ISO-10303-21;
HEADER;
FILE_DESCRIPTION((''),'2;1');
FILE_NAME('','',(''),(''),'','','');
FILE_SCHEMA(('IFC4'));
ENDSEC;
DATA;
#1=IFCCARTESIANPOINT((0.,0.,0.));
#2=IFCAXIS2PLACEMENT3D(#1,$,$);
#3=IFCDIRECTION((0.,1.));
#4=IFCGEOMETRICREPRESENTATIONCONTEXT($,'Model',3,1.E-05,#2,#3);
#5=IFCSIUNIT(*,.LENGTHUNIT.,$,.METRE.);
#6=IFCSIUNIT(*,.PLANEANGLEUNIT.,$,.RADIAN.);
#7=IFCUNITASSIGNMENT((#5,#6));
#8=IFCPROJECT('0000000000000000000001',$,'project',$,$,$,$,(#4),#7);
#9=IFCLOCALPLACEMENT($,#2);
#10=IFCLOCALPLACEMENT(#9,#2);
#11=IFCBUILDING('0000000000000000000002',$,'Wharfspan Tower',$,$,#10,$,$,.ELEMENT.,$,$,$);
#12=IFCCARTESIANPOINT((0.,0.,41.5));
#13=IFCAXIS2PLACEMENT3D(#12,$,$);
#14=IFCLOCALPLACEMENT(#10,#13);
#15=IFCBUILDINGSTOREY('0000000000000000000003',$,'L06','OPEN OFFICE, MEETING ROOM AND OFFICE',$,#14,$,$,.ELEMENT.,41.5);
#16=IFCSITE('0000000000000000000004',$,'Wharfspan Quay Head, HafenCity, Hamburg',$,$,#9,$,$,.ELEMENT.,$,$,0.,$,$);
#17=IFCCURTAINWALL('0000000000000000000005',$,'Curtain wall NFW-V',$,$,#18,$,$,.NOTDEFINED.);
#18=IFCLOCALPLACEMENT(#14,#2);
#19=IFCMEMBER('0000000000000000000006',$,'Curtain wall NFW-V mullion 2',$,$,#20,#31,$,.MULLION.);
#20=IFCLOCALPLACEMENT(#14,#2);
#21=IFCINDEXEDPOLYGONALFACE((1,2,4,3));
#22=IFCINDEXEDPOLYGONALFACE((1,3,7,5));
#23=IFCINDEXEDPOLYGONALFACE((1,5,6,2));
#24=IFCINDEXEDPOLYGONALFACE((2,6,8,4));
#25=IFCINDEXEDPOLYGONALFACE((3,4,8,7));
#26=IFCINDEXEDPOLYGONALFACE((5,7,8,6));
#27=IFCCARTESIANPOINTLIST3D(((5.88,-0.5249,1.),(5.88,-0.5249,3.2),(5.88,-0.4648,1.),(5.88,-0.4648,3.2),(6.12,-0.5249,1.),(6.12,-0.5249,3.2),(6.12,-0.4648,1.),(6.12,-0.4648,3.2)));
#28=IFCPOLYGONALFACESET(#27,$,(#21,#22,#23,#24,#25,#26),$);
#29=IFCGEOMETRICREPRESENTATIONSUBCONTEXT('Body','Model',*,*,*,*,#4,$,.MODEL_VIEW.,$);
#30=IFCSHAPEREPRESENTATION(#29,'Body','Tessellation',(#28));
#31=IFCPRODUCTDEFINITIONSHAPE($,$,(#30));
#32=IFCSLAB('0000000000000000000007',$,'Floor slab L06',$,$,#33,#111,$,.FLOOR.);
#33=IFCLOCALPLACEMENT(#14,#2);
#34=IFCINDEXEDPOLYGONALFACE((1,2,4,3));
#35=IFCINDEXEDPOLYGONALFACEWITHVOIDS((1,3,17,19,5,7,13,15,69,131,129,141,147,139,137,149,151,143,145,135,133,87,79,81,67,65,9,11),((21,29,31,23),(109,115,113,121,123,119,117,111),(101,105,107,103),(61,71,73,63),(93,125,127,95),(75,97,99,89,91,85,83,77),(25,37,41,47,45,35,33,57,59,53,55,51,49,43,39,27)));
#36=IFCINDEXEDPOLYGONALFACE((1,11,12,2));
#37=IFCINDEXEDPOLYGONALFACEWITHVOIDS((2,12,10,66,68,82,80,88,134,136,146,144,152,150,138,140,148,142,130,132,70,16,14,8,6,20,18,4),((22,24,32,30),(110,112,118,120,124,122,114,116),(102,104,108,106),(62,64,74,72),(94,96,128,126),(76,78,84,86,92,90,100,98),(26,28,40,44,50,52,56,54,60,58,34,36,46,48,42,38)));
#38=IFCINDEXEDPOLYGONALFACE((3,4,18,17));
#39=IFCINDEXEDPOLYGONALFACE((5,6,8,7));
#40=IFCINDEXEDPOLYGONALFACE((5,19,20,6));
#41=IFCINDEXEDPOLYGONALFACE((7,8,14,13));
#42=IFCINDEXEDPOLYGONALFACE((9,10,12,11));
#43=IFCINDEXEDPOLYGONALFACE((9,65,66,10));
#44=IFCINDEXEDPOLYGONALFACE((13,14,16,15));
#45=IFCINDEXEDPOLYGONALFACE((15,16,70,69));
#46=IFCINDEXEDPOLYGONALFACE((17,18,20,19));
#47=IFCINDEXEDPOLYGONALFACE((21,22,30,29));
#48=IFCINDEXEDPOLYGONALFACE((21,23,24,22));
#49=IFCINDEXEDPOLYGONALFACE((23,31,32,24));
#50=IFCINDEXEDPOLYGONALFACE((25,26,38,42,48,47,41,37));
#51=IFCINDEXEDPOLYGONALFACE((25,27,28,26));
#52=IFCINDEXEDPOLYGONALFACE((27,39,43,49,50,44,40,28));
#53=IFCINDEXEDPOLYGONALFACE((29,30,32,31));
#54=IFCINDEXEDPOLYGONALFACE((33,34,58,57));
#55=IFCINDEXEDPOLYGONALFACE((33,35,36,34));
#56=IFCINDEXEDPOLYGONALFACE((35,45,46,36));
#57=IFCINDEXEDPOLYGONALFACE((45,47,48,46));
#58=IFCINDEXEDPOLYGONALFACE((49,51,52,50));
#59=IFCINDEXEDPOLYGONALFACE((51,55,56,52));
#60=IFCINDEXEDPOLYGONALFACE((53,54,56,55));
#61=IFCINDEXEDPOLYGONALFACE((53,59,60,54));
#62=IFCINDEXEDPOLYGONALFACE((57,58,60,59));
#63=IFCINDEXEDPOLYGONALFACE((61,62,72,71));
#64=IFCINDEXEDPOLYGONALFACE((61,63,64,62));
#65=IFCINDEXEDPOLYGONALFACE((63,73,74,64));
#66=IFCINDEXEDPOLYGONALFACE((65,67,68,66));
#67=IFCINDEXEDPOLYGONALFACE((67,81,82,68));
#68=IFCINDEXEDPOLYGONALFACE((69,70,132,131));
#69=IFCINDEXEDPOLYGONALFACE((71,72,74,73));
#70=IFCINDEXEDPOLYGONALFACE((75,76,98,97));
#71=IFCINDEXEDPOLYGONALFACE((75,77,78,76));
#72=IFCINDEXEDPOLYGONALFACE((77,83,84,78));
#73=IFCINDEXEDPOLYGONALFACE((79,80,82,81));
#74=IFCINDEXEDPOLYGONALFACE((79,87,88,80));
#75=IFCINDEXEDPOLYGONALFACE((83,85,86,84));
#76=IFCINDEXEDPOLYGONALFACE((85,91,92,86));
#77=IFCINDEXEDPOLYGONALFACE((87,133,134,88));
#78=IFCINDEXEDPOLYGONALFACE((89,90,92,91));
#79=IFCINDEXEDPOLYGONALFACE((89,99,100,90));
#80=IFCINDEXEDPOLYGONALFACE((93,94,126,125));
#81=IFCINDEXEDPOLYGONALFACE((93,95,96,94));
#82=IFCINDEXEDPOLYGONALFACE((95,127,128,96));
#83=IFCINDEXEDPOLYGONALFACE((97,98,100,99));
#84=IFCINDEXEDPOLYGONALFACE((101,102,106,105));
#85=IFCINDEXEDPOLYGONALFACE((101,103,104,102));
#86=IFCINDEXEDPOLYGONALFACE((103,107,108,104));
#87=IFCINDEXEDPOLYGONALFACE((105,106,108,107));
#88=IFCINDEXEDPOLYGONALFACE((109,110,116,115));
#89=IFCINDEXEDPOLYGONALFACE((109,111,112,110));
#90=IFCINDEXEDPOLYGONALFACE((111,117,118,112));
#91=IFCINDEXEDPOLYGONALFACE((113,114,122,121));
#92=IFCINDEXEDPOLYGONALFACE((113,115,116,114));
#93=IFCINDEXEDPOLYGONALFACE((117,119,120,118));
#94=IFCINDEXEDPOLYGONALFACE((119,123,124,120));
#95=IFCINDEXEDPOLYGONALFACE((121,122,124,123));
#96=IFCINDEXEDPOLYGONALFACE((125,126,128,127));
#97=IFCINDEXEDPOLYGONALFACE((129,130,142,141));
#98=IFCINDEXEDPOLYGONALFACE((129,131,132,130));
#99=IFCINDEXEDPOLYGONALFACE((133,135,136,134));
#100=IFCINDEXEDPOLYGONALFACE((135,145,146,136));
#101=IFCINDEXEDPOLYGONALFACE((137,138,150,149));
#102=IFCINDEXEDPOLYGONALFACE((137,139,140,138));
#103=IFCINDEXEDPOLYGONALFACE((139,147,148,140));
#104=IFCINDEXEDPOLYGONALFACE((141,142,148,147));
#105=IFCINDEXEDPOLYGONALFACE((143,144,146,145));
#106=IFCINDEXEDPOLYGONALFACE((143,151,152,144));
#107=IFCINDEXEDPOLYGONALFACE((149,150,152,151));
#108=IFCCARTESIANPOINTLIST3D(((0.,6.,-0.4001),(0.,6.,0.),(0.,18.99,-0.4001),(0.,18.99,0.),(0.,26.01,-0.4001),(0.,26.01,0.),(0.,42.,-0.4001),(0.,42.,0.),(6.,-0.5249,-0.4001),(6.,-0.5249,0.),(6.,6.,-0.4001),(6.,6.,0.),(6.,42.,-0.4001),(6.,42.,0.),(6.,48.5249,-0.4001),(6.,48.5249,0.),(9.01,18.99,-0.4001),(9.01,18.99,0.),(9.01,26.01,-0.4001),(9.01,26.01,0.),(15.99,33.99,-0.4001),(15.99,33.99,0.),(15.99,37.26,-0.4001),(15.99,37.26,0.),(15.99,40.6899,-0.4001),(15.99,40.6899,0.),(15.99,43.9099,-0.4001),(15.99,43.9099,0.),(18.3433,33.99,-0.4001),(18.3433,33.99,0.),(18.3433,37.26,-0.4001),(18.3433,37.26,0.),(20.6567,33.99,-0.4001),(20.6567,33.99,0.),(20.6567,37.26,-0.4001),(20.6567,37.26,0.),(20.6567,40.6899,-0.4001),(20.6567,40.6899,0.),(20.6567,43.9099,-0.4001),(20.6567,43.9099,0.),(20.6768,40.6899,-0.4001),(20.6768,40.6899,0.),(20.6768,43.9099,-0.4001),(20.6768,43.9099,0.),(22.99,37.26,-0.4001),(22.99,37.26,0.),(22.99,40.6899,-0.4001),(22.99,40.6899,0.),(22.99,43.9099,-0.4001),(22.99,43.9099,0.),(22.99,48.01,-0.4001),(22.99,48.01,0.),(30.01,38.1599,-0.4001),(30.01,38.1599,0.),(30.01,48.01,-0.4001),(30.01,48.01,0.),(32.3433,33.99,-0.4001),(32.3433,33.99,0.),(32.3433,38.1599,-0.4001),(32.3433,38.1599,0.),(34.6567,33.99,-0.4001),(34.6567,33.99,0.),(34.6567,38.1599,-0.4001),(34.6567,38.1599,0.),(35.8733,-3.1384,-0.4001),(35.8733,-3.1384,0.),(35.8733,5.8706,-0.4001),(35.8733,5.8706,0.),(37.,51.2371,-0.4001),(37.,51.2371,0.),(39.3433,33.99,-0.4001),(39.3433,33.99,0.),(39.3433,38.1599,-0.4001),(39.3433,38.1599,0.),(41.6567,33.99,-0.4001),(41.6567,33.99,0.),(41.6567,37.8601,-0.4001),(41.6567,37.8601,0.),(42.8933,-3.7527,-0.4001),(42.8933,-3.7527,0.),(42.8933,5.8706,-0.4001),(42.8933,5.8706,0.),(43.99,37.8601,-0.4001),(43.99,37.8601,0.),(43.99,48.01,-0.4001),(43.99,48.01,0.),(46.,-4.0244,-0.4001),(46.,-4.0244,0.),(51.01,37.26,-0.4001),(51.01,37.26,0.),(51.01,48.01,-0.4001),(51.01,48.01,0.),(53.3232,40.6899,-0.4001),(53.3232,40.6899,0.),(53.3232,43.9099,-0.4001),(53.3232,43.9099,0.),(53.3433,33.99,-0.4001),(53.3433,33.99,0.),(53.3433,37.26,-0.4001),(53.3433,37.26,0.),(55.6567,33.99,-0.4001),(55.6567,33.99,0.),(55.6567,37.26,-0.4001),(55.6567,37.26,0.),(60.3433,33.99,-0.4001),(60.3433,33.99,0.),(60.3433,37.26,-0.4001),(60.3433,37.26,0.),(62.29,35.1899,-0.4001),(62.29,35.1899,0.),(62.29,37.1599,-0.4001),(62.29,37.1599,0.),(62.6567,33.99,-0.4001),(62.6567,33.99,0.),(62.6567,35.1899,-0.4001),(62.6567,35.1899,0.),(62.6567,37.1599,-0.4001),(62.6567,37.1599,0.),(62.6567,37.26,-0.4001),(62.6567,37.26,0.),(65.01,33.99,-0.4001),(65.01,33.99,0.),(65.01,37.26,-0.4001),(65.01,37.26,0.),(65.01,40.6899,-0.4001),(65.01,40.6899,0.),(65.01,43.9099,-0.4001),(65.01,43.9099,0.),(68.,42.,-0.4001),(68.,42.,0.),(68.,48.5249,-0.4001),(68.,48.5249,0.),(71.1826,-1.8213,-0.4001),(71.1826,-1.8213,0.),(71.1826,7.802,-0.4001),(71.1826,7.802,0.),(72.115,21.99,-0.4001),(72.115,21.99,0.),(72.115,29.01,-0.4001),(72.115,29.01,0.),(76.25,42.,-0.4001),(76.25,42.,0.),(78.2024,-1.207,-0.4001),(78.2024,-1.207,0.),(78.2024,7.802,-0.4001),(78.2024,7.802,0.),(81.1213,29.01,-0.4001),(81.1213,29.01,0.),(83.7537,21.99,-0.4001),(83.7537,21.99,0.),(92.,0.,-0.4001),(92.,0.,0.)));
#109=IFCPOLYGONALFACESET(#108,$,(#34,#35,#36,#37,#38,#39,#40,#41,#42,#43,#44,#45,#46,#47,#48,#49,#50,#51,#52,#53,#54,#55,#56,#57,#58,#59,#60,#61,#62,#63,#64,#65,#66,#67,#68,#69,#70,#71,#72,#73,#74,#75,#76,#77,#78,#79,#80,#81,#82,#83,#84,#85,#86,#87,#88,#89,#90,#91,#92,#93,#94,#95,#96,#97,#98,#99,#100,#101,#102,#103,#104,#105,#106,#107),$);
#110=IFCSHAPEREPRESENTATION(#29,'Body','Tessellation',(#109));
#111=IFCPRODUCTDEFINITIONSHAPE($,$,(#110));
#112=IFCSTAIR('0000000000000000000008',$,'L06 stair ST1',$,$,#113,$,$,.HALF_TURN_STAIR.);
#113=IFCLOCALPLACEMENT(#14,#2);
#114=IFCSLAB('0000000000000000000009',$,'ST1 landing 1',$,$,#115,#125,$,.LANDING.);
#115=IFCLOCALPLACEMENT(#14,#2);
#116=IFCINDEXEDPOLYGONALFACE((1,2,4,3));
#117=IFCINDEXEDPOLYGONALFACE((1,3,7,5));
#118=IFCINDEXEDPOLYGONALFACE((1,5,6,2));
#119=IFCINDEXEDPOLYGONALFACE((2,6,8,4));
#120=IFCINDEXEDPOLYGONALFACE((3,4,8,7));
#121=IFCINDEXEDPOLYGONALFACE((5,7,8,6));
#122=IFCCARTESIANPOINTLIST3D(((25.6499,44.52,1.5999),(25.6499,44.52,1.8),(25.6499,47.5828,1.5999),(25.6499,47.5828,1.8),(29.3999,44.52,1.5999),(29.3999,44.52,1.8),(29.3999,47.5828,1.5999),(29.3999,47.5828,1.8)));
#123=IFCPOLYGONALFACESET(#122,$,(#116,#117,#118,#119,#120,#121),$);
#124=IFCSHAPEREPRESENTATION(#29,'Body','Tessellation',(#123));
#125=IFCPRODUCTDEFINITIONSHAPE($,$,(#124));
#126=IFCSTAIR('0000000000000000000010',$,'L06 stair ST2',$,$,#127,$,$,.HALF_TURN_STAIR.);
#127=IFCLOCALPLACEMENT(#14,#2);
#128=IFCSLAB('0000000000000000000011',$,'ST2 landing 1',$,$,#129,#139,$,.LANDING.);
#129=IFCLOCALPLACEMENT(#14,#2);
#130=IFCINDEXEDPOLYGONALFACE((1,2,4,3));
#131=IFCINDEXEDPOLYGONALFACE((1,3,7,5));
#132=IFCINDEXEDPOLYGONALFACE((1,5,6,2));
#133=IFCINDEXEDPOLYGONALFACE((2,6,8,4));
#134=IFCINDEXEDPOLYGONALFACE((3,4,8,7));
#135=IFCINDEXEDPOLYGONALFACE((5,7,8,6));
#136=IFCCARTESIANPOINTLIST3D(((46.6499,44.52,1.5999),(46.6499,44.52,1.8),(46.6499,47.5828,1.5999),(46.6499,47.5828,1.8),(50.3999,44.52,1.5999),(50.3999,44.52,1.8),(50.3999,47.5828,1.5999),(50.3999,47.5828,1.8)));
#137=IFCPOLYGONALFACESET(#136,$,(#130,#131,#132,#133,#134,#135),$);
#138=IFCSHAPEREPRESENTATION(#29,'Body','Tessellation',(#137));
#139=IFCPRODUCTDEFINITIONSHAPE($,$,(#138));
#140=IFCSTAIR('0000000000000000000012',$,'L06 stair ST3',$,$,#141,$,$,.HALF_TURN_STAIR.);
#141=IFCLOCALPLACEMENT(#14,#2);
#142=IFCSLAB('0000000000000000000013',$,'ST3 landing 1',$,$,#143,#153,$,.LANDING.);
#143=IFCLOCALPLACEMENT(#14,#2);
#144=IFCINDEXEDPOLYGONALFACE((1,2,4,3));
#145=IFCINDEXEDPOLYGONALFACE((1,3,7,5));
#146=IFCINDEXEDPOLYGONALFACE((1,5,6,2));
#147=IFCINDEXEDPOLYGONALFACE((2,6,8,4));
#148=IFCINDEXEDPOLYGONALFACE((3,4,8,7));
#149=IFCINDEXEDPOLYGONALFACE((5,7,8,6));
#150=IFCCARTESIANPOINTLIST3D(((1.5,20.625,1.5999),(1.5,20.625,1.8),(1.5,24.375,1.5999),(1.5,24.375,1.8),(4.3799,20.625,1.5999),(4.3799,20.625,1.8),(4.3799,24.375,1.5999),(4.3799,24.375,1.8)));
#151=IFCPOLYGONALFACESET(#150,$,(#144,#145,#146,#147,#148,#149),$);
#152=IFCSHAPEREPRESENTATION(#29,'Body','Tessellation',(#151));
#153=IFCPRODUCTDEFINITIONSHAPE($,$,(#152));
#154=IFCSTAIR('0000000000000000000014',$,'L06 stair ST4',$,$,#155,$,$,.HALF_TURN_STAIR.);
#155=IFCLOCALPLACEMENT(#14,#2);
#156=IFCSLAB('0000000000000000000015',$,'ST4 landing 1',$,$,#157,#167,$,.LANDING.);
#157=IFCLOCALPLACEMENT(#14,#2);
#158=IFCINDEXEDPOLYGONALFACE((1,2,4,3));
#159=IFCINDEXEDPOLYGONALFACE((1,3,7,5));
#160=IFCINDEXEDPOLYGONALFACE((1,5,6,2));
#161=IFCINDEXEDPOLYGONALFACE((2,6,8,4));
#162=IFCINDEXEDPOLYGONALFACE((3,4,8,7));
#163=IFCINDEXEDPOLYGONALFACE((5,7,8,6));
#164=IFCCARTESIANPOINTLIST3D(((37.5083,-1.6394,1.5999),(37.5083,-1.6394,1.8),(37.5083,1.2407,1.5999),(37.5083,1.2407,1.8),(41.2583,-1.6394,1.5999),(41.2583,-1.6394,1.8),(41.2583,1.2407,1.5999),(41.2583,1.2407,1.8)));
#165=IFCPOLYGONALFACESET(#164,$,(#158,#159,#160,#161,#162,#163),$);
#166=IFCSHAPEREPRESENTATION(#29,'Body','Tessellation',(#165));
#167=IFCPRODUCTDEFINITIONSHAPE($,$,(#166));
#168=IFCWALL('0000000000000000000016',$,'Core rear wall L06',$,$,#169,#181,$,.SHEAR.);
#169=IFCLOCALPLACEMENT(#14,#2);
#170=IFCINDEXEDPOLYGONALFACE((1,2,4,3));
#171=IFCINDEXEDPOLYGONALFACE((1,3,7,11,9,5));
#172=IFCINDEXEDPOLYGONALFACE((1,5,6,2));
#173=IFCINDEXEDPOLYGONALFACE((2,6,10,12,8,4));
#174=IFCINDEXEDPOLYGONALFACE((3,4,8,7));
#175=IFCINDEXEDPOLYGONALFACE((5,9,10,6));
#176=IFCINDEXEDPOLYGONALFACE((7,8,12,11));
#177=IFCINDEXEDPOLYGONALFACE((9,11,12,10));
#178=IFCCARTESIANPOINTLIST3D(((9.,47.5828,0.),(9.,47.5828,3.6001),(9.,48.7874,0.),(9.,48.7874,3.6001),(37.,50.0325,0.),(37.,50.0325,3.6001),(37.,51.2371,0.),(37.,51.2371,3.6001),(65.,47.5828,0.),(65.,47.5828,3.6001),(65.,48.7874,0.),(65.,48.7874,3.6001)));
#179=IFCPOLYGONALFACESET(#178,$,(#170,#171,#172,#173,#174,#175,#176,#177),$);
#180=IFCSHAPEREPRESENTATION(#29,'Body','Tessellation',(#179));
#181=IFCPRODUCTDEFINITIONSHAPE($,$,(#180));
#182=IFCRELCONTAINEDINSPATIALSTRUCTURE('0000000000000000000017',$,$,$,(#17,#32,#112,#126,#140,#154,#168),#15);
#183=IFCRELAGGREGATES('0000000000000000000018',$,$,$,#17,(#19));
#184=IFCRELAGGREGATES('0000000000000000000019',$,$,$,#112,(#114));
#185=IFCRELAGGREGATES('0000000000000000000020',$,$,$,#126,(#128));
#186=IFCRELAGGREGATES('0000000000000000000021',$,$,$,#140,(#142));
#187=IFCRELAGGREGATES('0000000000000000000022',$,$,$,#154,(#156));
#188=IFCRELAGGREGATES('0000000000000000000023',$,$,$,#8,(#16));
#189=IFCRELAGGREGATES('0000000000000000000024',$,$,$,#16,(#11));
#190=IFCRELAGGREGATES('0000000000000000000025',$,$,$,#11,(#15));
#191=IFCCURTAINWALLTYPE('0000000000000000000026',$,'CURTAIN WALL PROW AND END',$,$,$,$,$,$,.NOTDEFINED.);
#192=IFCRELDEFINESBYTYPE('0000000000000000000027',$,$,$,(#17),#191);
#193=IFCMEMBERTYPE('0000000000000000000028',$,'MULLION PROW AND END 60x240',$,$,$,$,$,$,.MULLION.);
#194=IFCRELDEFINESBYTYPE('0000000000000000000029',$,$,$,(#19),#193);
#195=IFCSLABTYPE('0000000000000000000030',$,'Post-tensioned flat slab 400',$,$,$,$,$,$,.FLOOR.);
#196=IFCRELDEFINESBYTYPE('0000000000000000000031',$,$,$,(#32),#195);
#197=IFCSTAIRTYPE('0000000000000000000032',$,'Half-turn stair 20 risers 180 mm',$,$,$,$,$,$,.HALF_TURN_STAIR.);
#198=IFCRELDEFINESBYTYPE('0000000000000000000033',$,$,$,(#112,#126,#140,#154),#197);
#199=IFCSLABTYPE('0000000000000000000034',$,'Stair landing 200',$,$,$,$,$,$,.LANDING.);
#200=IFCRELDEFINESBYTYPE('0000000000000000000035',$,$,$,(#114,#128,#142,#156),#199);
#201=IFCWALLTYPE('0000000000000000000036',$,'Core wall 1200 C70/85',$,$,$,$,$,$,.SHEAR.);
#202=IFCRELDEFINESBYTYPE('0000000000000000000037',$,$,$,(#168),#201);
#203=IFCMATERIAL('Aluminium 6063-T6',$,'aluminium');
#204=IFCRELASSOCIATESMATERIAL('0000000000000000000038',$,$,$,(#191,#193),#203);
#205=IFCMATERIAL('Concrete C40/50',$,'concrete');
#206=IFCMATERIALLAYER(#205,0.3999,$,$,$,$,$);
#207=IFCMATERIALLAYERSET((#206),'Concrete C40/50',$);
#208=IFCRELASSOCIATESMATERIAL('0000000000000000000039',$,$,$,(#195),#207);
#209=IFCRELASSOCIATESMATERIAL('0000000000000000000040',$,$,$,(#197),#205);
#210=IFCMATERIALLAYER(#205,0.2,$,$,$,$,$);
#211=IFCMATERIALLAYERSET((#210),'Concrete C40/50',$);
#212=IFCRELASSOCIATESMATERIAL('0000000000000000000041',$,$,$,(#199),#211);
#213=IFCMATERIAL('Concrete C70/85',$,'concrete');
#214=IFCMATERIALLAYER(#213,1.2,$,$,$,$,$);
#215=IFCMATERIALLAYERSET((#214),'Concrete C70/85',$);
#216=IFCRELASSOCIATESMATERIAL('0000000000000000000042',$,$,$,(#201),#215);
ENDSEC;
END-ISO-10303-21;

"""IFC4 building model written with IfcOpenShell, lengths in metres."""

from ifc_helpers import new_model, si_unit, direction, frame, origin, origin_2d, place, context, subcontext, project, spatial, polyline, rectangle, outline, extrude, material, layer, layer_set, material_profile, profile_set, type_object, element, aggregate, save


model = new_model("IFC4")

# Units and contexts
model_context = context("Model", 3, precision=1e-05, world=origin(), true_north=direction((0.0, 1.0)))
body_context = subcontext(model_context, "Body", "Model", "MODEL_VIEW")
ifc_project = project(units=[si_unit("LENGTHUNIT", "METRE"), si_unit("PLANEANGLEUNIT", "RADIAN")], contexts=[model_context])

# Site, building, storey
site_placement = place(None, origin())
site = spatial("IfcSite", under=ifc_project, at=site_placement, Name="Wharfspan Quay Head, HafenCity, Hamburg", CompositionType="ELEMENT", RefElevation=0.0)
building_placement = place(site_placement, origin())
building = spatial("IfcBuilding", under=site, at=building_placement, Name="Wharfspan Tower", CompositionType="ELEMENT")
storey_placement = place(building_placement, frame((0.0, 0.0, 41.5)))
storey = spatial("IfcBuildingStorey", under=building, at=storey_placement, Name="L06", Description="OPEN OFFICE, MEETING ROOM AND OFFICE", CompositionType="ELEMENT", Elevation=41.5)

# Curtain wall, member
ifc_material_1 = material(Name="Aluminium 6063-T6", Category="aluminium")
curtain_wall_type = type_object("IfcCurtainWallType", Name="CURTAIN WALL PROW AND END", PredefinedType="NOTDEFINED", material=ifc_material_1)
curtain_wall_placement = place(storey_placement, origin())
curtain_wall = element("IfcCurtainWall", 1, at=curtain_wall_placement, inside=storey, type_object=curtain_wall_type, Name="Curtain wall NFW-V", PredefinedType="NOTDEFINED")
ifc_material_profile = material_profile(ifc_material_1, rectangle(XDim=0.24, YDim=0.0601, at=origin_2d()))
ifc_profile_set = profile_set([ifc_material_profile], Name="Aluminium 6063-T6")
member_type = type_object("IfcMemberType", Name="MULLION PROW AND END 60x240", PredefinedType="MULLION", material=ifc_profile_set)
member_placement = place(storey_placement, frame((6.0, -0.4949, 1.0), z_axis=(0.0, 0.0, 1.0), x_axis=(1.0, 0.0, 0.0)))
member = element("IfcMember", 2, at=member_placement, type_object=member_type, Name="Curtain wall NFW-V mullion 2", PredefinedType="MULLION", context=body_context, shape_type="SweptSolid", body=[
    extrude(rectangle(XDim=0.24, YDim=0.0601, at=origin_2d()), origin(), (0.0, 0.0, 1.0), 2.2),
])
aggregate(curtain_wall, [member])

# Slab
ifc_material_2 = material(Name="Concrete C40/50", Category="concrete")
ifc_layer_1 = layer(ifc_material_2, 0.3999)
ifc_layer_set_1 = layer_set([ifc_layer_1], Name="Concrete C40/50")
slab_type_1 = type_object("IfcSlabType", Name="Post-tensioned flat slab 400", PredefinedType="FLOOR", material=ifc_layer_set_1)
slab_1_placement = place(storey_placement, frame((0.0, 0.0, -0.4001)))
element("IfcSlab", 3, at=slab_1_placement, inside=storey, type_object=slab_type_1, Name="Floor slab L06", PredefinedType="FLOOR", context=body_context, shape_type="SweptSolid", body=[
    extrude(outline(polyline([(35.8733, -3.1384), (35.8733, 5.8706), (42.8933, 5.8706), (42.8933, -3.7527), (46.0, -4.0244), (71.1826, -1.8213), (71.1826, 7.802), (78.2024, 7.802), (78.2024, -1.207), (92.0, 0.0), (83.7537, 21.99), (72.115, 21.99), (72.115, 29.01), (81.1213, 29.01), (76.25, 42.0), (68.0, 42.0), (68.0, 48.5249), (37.0, 51.2371), (6.0, 48.5249), (6.0, 42.0), (0.0, 42.0), (0.0, 26.01), (9.01, 26.01), (9.01, 18.99), (0.0, 18.99), (0.0, 6.0), (6.0, 6.0), (6.0, -0.5249), (35.8733, -3.1384)]), holes=[polyline([(62.29, 37.1599), (62.6567, 37.1599), (62.6567, 37.26), (65.01, 37.26), (65.01, 33.99), (62.6567, 33.99), (62.6567, 35.1899), (62.29, 35.1899), (62.29, 37.1599)]), polyline([(65.01, 43.9099), (65.01, 40.6899), (53.3232, 40.6899), (53.3232, 43.9099), (65.01, 43.9099)]), polyline([(55.6567, 33.99), (55.6567, 37.26), (60.3433, 37.26), (60.3433, 33.99), (55.6567, 33.99)]), polyline([(43.99, 37.8601), (43.99, 48.01), (51.01, 48.01), (51.01, 37.26), (53.3433, 37.26), (53.3433, 33.99), (41.6567, 33.99), (41.6567, 37.8601), (43.99, 37.8601)]), polyline([(34.6567, 33.99), (34.6567, 38.1599), (39.3433, 38.1599), (39.3433, 33.99), (34.6567, 33.99)]), polyline([(15.99, 40.6899), (15.99, 43.9099), (20.6567, 43.9099), (20.6768, 43.9099), (22.99, 43.9099), (22.99, 48.01), (30.01, 48.01), (30.01, 38.1599), (32.3433, 38.1599), (32.3433, 33.99), (20.6567, 33.99), (20.6567, 37.26), (22.99, 37.26), (22.99, 40.6899), (20.6768, 40.6899), (20.6567, 40.6899), (15.99, 40.6899)]), polyline([(18.3433, 37.26), (18.3433, 33.99), (15.99, 33.99), (15.99, 37.26), (18.3433, 37.26)])]), origin(), (0.0, 0.0, 1.0), 0.4001),
])

# Stairs, slabs
stair_type = type_object("IfcStairType", Name="Half-turn stair 20 risers 180 mm", PredefinedType="HALF_TURN_STAIR", material=ifc_material_2)
stair_1_placement = place(storey_placement, origin())
stair_1 = element("IfcStair", 4, at=stair_1_placement, inside=storey, type_object=stair_type, Name="L06 stair ST1", PredefinedType="HALF_TURN_STAIR")
ifc_layer_2 = layer(ifc_material_2, 0.2)
ifc_layer_set_2 = layer_set([ifc_layer_2], Name="Concrete C40/50")
slab_type_2 = type_object("IfcSlabType", Name="Stair landing 200", PredefinedType="LANDING", material=ifc_layer_set_2)
slab_2_placement = place(storey_placement, frame((0.0, 0.0, 1.5999)))
slab_2 = element("IfcSlab", 5, at=slab_2_placement, type_object=slab_type_2, Name="ST1 landing 1", PredefinedType="LANDING", context=body_context, shape_type="SweptSolid", body=[
    extrude(outline(polyline([(25.6499, 44.52), (29.3999, 44.52), (29.3999, 47.5828), (25.6499, 47.5828), (25.6499, 44.52)])), origin(), (0.0, 0.0, 1.0), 0.2002),
])
aggregate(stair_1, [slab_2])
stair_2_placement = place(storey_placement, origin())
stair_2 = element("IfcStair", 6, at=stair_2_placement, inside=storey, type_object=stair_type, Name="L06 stair ST2", PredefinedType="HALF_TURN_STAIR")
slab_3_placement = place(storey_placement, frame((0.0, 0.0, 1.5999)))
slab_3 = element("IfcSlab", 7, at=slab_3_placement, type_object=slab_type_2, Name="ST2 landing 1", PredefinedType="LANDING", context=body_context, shape_type="SweptSolid", body=[
    extrude(outline(polyline([(46.6499, 44.52), (50.3999, 44.52), (50.3999, 47.5828), (46.6499, 47.5828), (46.6499, 44.52)])), origin(), (0.0, 0.0, 1.0), 0.2002),
])
aggregate(stair_2, [slab_3])
stair_3_placement = place(storey_placement, origin())
stair_3 = element("IfcStair", 8, at=stair_3_placement, inside=storey, type_object=stair_type, Name="L06 stair ST3", PredefinedType="HALF_TURN_STAIR")
slab_4_placement = place(storey_placement, frame((0.0, 0.0, 1.5999)))
slab_4 = element("IfcSlab", 9, at=slab_4_placement, type_object=slab_type_2, Name="ST3 landing 1", PredefinedType="LANDING", context=body_context, shape_type="SweptSolid", body=[
    extrude(outline(polyline([(4.3799, 24.375), (1.5, 24.375), (1.5, 20.625), (4.3799, 20.625), (4.3799, 24.375)])), origin(), (0.0, 0.0, 1.0), 0.2002),
])
aggregate(stair_3, [slab_4])
stair_4_placement = place(storey_placement, origin())
stair_4 = element("IfcStair", 10, at=stair_4_placement, inside=storey, type_object=stair_type, Name="L06 stair ST4", PredefinedType="HALF_TURN_STAIR")
slab_5_placement = place(storey_placement, frame((0.0, 0.0, 1.5999)))
slab_5 = element("IfcSlab", 11, at=slab_5_placement, type_object=slab_type_2, Name="ST4 landing 1", PredefinedType="LANDING", context=body_context, shape_type="SweptSolid", body=[
    extrude(outline(polyline([(37.5083, 1.2407), (37.5083, -1.6394), (41.2583, -1.6394), (41.2583, 1.2407), (37.5083, 1.2407)])), origin(), (0.0, 0.0, 1.0), 0.2002),
])
aggregate(stair_4, [slab_5])

# Wall
ifc_material_3 = material(Name="Concrete C70/85", Category="concrete")
ifc_layer_3 = layer(ifc_material_3, 1.2)
ifc_layer_set_3 = layer_set([ifc_layer_3], Name="Concrete C70/85")
wall_type_1 = type_object("IfcWallType", Name="Core wall 1200 C70/85", PredefinedType="SHEAR", material=ifc_layer_set_3)
wall_1_placement = place(storey_placement, origin())
element("IfcWall", 12, at=wall_1_placement, inside=storey, type_object=wall_type_1, Name="Core rear wall L06", PredefinedType="SHEAR", context=body_context, shape_type="SweptSolid", body=[
    extrude(outline(polyline([(9.0, 47.5828), (37.0, 50.0325), (65.0, 47.5828), (65.0, 48.7874), (37.0, 51.2371), (9.0, 48.7874), (9.0, 47.5828)])), origin(), (0.0, 0.0, 1.0), 3.6001),
])

save(model, "model.ifc")
